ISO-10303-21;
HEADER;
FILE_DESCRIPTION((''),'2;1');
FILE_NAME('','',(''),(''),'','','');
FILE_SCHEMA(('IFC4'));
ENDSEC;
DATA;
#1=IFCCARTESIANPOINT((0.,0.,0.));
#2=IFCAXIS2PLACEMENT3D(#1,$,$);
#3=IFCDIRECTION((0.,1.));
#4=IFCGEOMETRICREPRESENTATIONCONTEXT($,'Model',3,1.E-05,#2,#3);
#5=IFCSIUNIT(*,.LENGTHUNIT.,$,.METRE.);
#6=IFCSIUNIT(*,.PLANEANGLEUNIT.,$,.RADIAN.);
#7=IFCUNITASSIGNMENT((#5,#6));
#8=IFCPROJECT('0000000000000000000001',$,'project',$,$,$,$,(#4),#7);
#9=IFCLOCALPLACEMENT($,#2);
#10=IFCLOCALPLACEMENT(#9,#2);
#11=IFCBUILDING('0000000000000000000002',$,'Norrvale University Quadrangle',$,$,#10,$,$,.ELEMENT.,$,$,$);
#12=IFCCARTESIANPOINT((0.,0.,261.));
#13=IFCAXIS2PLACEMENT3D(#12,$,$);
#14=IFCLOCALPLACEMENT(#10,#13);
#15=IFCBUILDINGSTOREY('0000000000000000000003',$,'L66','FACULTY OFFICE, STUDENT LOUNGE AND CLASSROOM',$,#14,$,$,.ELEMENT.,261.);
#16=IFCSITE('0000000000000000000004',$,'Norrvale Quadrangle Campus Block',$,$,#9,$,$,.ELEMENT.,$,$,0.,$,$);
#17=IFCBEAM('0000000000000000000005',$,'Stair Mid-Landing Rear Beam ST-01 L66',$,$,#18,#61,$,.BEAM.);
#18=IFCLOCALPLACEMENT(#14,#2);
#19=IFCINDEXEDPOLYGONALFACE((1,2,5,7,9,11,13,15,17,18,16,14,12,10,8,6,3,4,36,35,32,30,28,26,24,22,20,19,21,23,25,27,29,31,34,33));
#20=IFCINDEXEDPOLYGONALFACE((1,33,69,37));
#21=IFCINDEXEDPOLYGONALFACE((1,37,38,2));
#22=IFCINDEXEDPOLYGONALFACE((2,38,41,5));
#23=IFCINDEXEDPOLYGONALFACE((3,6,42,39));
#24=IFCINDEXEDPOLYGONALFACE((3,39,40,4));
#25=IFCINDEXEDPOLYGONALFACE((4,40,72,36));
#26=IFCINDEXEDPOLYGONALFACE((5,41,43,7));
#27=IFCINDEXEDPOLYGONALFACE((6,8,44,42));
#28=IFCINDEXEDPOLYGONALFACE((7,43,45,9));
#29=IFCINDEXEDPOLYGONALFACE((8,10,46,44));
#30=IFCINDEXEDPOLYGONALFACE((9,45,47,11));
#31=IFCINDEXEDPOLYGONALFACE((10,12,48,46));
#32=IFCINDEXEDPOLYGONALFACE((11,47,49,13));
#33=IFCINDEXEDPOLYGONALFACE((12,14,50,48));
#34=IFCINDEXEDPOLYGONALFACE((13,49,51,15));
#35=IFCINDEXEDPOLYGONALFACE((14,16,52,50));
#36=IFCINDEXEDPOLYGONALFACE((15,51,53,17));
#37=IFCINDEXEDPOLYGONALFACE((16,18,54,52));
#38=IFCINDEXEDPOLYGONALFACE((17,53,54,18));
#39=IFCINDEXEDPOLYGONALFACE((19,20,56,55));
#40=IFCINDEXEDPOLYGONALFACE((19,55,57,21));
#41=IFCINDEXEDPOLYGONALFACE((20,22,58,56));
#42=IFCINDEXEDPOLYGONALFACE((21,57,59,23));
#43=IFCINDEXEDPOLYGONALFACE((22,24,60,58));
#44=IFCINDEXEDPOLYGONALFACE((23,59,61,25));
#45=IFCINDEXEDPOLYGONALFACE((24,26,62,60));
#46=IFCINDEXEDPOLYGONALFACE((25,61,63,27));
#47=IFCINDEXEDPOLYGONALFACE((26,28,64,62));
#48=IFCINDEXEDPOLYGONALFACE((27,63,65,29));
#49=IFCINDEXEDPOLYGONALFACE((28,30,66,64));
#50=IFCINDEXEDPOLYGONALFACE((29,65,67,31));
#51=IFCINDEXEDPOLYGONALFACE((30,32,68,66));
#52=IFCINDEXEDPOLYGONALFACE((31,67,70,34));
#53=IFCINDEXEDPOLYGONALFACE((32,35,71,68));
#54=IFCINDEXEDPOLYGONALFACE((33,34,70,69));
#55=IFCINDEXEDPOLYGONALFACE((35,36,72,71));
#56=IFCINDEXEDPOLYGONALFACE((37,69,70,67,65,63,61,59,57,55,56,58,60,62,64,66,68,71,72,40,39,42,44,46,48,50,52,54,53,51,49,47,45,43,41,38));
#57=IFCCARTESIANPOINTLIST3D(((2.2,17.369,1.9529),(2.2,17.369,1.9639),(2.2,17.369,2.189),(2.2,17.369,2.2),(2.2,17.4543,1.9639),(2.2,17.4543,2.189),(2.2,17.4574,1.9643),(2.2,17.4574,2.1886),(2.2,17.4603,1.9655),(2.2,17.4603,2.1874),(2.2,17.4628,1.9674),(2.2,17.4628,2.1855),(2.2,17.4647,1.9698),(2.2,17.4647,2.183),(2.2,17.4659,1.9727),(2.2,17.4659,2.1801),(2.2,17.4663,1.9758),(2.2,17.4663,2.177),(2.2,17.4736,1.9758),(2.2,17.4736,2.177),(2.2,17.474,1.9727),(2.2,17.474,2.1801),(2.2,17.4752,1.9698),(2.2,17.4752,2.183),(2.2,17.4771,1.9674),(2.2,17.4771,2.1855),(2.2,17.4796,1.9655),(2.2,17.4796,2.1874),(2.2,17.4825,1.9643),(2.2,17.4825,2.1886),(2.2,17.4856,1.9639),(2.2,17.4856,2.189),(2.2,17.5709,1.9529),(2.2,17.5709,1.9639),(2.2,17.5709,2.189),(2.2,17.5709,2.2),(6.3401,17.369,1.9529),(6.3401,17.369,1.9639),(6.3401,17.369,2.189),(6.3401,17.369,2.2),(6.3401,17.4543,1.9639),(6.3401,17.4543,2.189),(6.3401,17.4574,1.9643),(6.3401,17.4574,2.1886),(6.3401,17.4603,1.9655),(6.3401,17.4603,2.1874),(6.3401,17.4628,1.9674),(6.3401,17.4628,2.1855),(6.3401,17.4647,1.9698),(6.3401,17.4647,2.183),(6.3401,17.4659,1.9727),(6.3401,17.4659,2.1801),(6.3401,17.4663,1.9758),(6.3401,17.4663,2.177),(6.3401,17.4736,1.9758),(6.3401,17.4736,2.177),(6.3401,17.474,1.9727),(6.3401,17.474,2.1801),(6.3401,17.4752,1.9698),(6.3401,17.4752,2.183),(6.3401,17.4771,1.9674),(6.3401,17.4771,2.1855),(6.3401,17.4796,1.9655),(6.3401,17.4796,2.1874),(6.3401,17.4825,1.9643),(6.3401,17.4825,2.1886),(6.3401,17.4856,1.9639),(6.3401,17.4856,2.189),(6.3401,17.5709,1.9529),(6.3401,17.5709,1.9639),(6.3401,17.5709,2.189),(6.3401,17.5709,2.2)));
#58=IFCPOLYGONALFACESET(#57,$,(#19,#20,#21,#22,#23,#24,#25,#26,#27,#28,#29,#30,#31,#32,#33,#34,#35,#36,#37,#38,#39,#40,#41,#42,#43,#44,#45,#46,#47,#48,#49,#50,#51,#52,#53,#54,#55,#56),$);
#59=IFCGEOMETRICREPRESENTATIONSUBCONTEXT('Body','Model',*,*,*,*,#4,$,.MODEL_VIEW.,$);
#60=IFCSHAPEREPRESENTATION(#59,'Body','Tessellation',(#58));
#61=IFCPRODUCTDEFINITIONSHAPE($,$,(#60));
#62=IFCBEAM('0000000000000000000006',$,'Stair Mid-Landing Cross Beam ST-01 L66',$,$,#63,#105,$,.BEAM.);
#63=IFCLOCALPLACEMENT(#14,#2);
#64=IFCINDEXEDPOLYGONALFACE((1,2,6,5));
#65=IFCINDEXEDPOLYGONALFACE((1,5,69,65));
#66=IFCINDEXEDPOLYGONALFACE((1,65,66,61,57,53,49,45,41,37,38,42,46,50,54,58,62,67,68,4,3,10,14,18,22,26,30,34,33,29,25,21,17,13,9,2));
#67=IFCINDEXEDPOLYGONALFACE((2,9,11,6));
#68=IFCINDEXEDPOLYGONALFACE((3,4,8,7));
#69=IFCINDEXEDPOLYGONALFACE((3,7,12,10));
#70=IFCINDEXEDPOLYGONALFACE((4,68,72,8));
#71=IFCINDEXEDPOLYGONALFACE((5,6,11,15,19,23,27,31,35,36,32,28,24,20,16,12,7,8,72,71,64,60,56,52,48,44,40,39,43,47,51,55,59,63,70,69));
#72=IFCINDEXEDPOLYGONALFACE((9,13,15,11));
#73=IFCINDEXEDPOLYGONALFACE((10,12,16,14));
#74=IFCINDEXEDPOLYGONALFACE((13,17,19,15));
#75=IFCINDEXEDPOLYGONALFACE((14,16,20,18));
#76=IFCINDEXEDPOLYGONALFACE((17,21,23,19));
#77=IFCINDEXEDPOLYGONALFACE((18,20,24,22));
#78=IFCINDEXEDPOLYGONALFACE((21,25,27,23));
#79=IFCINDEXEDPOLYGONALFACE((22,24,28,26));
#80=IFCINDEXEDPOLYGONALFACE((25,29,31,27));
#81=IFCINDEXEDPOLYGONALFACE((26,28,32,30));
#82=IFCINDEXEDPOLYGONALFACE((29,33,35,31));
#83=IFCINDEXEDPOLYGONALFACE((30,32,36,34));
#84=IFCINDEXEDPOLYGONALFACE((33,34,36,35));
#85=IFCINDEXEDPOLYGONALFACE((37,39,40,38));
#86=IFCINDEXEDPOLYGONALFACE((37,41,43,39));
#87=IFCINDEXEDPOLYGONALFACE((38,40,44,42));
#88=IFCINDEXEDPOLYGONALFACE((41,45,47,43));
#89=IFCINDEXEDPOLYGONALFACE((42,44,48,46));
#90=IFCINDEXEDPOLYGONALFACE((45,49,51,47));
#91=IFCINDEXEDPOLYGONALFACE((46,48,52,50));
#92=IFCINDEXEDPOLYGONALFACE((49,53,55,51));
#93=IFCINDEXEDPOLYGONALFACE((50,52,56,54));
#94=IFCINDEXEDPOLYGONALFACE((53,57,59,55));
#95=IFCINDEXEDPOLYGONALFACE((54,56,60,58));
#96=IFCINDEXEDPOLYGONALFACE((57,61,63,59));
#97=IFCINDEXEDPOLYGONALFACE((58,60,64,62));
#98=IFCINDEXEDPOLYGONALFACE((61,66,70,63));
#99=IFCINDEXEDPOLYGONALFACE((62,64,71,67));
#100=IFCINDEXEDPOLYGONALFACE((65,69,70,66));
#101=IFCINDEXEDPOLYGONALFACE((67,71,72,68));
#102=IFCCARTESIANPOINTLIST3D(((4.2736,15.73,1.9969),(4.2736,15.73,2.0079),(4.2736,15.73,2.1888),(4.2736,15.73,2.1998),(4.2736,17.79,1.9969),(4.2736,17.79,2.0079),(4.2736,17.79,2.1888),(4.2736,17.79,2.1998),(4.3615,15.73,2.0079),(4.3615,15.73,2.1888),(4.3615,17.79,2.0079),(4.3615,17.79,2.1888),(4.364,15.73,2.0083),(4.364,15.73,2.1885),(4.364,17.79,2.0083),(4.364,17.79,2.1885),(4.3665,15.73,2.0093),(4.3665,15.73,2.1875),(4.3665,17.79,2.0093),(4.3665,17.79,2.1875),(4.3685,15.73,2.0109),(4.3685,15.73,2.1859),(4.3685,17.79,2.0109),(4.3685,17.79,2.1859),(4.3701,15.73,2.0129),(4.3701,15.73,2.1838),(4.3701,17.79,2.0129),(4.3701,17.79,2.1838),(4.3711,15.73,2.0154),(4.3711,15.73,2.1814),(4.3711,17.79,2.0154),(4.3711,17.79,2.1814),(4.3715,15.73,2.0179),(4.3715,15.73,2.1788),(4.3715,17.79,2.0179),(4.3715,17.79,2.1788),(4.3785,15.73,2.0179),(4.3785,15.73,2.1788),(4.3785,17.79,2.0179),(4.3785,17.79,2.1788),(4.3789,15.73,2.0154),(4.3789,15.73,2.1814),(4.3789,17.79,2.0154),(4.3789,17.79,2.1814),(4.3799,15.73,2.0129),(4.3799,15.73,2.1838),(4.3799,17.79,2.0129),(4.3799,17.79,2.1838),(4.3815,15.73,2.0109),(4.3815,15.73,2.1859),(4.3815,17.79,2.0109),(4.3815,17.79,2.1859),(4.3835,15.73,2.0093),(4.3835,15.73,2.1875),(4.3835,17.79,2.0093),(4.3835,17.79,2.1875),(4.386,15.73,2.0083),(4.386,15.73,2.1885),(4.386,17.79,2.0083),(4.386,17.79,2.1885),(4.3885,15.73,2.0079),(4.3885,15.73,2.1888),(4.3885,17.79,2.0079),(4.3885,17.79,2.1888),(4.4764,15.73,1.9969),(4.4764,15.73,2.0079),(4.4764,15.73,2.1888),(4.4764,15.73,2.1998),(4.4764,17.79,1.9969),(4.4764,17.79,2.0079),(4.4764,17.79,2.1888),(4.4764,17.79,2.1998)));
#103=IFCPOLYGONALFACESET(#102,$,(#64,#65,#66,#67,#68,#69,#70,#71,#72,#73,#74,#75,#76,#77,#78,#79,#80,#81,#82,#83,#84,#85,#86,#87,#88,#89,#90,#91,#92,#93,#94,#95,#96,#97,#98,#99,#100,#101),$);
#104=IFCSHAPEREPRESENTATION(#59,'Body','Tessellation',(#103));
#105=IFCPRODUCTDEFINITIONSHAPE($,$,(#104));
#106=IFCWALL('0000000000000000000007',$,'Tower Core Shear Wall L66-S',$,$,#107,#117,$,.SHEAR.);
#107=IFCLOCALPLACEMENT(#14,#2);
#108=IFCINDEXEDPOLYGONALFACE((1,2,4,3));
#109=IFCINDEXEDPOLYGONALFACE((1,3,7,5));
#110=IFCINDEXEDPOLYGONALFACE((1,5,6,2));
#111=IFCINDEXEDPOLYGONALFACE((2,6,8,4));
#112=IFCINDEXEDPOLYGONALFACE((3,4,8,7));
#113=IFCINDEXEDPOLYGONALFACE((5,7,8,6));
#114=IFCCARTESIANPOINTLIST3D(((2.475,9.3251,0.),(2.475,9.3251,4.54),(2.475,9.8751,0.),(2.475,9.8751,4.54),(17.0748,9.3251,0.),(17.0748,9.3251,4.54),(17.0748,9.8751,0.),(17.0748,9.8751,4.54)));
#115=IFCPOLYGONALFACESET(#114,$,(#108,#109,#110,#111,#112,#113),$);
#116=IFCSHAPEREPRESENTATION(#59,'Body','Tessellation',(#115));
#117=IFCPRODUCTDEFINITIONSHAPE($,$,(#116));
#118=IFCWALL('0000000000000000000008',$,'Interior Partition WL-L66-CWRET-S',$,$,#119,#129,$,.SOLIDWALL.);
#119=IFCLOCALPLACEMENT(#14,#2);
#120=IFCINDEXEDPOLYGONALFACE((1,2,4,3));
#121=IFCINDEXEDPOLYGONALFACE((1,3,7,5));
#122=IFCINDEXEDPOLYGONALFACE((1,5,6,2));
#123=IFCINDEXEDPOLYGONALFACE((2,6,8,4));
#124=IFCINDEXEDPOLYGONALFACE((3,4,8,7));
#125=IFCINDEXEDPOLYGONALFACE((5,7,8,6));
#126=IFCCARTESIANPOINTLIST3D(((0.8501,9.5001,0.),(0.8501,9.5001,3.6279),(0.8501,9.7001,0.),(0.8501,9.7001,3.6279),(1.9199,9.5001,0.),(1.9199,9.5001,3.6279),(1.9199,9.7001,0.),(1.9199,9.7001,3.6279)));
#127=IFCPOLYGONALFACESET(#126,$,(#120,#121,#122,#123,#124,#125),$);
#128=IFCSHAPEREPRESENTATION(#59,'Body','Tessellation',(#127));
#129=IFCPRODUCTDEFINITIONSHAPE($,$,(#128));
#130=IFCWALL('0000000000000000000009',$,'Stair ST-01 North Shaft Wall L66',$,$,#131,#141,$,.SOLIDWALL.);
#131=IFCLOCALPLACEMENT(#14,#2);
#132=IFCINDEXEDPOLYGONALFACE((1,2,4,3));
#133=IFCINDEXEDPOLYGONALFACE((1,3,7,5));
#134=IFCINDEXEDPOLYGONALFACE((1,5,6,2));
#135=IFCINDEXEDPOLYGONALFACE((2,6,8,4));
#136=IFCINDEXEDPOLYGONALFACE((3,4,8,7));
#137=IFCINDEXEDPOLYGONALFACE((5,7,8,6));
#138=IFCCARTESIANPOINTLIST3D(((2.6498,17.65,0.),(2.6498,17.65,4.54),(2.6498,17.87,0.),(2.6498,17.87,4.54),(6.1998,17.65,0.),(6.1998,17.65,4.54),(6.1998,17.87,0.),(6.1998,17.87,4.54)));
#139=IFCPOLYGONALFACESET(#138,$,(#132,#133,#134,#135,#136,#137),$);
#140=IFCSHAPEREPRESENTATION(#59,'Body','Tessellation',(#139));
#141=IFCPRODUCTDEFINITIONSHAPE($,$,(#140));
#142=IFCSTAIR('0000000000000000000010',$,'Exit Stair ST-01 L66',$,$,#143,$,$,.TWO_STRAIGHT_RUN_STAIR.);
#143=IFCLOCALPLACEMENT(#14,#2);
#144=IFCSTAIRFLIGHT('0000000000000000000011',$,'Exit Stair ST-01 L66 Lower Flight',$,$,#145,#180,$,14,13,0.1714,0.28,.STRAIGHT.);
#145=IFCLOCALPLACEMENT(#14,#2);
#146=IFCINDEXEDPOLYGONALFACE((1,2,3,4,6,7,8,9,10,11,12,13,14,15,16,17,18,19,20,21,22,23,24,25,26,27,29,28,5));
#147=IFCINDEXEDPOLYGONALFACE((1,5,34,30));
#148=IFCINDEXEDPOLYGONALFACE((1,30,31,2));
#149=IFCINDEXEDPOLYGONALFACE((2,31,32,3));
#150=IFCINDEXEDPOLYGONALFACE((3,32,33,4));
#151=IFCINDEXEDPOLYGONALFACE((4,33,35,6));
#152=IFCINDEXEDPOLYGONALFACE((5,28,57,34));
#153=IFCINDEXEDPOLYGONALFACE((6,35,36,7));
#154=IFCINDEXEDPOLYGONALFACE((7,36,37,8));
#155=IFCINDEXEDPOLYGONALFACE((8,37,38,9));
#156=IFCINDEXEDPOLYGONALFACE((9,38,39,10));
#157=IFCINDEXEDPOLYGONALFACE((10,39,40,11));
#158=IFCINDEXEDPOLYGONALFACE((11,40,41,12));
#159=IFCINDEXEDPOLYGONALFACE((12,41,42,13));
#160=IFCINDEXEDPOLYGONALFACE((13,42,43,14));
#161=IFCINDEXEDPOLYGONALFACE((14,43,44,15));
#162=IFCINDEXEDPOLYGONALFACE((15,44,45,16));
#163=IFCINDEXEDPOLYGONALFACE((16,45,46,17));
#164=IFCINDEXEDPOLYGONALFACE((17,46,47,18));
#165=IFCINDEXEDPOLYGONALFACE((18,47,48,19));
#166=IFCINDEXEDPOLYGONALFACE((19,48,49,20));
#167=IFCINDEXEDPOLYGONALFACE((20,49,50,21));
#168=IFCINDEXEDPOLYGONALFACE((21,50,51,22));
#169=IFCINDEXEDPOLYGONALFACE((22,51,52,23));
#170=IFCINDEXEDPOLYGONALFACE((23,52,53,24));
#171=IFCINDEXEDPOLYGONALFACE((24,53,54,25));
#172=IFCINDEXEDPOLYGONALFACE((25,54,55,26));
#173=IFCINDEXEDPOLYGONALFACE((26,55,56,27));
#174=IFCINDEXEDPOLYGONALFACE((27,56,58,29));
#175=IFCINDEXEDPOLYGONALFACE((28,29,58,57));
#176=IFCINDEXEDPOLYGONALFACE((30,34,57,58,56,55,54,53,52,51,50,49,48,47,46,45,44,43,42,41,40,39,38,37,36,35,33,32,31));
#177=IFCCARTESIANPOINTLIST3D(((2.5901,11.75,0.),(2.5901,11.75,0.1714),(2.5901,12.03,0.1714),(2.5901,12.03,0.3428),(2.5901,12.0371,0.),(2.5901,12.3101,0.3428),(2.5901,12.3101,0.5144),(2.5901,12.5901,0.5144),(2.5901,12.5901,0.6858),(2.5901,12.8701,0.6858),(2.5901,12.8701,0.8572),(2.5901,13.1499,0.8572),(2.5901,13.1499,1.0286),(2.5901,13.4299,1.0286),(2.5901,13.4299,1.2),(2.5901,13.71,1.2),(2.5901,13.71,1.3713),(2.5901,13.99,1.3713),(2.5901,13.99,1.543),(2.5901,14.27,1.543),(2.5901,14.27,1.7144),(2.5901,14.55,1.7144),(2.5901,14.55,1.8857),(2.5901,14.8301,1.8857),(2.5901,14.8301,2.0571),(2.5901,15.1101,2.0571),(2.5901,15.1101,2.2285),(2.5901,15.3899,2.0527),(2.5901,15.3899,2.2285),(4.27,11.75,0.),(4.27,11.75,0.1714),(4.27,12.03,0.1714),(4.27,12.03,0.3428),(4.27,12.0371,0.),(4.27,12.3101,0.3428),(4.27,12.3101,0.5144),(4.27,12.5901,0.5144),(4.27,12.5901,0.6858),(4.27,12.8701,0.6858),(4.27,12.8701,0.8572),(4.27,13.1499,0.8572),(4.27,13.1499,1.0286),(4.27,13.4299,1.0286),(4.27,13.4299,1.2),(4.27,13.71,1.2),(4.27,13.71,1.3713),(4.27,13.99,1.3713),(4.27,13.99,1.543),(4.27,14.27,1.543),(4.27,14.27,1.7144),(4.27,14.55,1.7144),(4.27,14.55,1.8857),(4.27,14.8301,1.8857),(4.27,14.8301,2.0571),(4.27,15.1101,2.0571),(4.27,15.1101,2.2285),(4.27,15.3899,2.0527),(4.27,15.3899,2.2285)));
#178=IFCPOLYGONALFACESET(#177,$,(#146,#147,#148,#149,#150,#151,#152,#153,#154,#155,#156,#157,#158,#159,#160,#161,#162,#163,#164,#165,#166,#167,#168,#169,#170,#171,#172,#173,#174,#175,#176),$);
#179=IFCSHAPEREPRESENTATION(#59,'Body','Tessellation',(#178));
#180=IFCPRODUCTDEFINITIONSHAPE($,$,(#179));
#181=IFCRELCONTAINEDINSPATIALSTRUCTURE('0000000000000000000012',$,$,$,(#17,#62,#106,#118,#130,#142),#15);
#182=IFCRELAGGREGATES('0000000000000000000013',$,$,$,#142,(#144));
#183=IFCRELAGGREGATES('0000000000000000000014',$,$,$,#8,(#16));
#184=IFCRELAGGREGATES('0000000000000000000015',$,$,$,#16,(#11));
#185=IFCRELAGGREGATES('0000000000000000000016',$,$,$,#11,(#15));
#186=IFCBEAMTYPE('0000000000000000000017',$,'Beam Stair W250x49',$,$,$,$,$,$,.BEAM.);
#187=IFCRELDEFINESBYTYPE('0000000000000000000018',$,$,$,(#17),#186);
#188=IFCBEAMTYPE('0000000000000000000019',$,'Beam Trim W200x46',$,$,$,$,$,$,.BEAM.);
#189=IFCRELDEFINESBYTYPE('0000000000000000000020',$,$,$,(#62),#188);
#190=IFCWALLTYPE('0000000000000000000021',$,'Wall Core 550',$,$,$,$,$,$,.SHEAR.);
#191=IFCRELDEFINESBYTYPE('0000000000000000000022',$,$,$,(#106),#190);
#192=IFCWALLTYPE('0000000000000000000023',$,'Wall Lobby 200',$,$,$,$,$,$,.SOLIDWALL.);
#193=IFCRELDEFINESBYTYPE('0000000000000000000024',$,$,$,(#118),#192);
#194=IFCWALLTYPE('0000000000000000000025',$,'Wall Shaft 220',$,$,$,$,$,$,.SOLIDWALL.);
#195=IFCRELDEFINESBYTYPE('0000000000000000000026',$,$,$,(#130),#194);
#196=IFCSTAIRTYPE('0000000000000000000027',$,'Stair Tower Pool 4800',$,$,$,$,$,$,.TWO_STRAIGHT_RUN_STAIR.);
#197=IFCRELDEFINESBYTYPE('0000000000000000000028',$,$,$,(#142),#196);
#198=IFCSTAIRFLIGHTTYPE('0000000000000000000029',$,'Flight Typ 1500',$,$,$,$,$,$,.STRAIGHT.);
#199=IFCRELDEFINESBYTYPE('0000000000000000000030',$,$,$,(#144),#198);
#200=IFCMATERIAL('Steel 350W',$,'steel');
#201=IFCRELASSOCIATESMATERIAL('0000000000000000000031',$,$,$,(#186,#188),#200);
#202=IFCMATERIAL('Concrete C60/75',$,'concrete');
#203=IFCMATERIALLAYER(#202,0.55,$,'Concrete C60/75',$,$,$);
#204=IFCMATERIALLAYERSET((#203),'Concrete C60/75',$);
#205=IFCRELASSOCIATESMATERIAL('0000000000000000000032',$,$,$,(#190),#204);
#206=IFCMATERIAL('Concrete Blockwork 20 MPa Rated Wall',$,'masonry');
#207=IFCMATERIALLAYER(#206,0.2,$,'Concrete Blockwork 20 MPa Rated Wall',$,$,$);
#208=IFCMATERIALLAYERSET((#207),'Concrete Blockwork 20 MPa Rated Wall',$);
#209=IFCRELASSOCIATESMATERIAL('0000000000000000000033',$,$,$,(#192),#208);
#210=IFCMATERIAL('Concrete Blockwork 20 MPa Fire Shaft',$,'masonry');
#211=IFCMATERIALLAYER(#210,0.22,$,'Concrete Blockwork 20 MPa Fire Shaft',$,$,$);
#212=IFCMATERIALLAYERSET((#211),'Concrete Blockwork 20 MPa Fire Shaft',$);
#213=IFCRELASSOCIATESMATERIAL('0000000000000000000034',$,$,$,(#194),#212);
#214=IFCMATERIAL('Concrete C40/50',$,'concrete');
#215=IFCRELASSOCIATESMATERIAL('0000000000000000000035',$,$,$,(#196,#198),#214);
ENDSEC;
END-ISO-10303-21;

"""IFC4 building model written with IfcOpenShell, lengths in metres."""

from ifc_helpers import new_model, si_unit, direction, frame, frame_2d, origin, origin_2d, place, context, subcontext, project, spatial, polyline, rectangle, i_section, outline, extrude, material, layer, layer_set, material_profile, profile_set, type_object, element, aggregate, save


model = new_model("IFC4")

# Units and contexts
model_context = context("Model", 3, precision=1e-05, world=origin(), true_north=direction((0.0, 1.0)))
body_context = subcontext(model_context, "Body", "Model", "MODEL_VIEW")
ifc_project = project(units=[si_unit("LENGTHUNIT", "METRE"), si_unit("PLANEANGLEUNIT", "RADIAN")], contexts=[model_context])

# Site, building, storey
site_placement = place(None, origin())
site = spatial("IfcSite", under=ifc_project, at=site_placement, Name="Norrvale Quadrangle Campus Block", CompositionType="ELEMENT", RefElevation=0.0)
building_placement = place(site_placement, origin())
building = spatial("IfcBuilding", under=site, at=building_placement, Name="Norrvale University Quadrangle", CompositionType="ELEMENT")
storey_placement = place(building_placement, frame((0.0, 0.0, 261.0)))
storey = spatial("IfcBuildingStorey", under=building, at=storey_placement, Name="L66", Description="FACULTY OFFICE, STUDENT LOUNGE AND CLASSROOM", CompositionType="ELEMENT", Elevation=261.0)

# Shared definitions
ifc_material_1 = material(Name="Concrete C60/75", Category="concrete")

# Beams
ifc_material_2 = material(Name="Steel 350W", Category="steel")
ifc_material_profile_1 = material_profile(ifc_material_2, i_section(OverallWidth=0.2019, OverallDepth=0.2471, WebThickness=0.0073, FlangeThickness=0.011, FilletRadius=0.012, at=origin_2d()), Name="Steel 350W")
ifc_profile_set_1 = profile_set([ifc_material_profile_1], Name="Steel 350W")
beam_type_1 = type_object("IfcBeamType", Name="Beam Stair W250x49", PredefinedType="BEAM", material=ifc_profile_set_1)
for number, where, z_axis, x_axis, name in (
    (1, (2.2, 17.47, 2.0764), (1.0, 0.0, 0.0), (0.0, 1.0, 0.0), "Stair Mid-Landing Rear Beam ST-01 L66"),
):
    element("IfcBeam", number, at=place(storey_placement, frame(where, z_axis=z_axis, x_axis=x_axis)), inside=storey, type_object=beam_type_1, Name=name, PredefinedType="BEAM", context=body_context, shape_type="SweptSolid", body=[
        extrude(i_section(OverallWidth=0.2019, OverallDepth=0.2471, WebThickness=0.0073, FlangeThickness=0.011, FilletRadius=0.012, at=origin_2d()), origin(), (0.0, 0.0, 1.0), 4.1401),
    ])
ifc_material_profile_2 = material_profile(ifc_material_2, i_section(OverallWidth=0.2029, OverallDepth=0.2029, WebThickness=0.0071, FlangeThickness=0.011, FilletRadius=0.01, at=origin_2d()), Name="Steel 350W")
ifc_profile_set_2 = profile_set([ifc_material_profile_2], Name="Steel 350W")
beam_type_2 = type_object("IfcBeamType", Name="Beam Trim W200x46", PredefinedType="BEAM", material=ifc_profile_set_2)
beam_1_placement = place(storey_placement, frame((4.375, 15.73, 2.0984), z_axis=(0.0, 1.0, 0.0), x_axis=(-1.0, 0.0, 0.0)))
element("IfcBeam", 2, at=beam_1_placement, inside=storey, type_object=beam_type_2, Name="Stair Mid-Landing Cross Beam ST-01 L66", PredefinedType="BEAM", context=body_context, shape_type="SweptSolid", body=[
    extrude(i_section(OverallWidth=0.2029, OverallDepth=0.2029, WebThickness=0.0071, FlangeThickness=0.011, FilletRadius=0.01, at=origin_2d()), origin(), (0.0, 0.0, 1.0), 2.0601),
])

# Walls
ifc_layer_1 = layer(ifc_material_1, 0.55, Name="Concrete C60/75")
ifc_layer_set_1 = layer_set([ifc_layer_1], Name="Concrete C60/75")
wall_type_1 = type_object("IfcWallType", Name="Wall Core 550", PredefinedType="SHEAR", material=ifc_layer_set_1)
wall_1_placement = place(storey_placement, frame((2.4751, 9.6001, 0.0), z_axis=(0.0, 0.0, 1.0), x_axis=(1.0, 0.0, 0.0)))
element("IfcWall", 3, at=wall_1_placement, inside=storey, type_object=wall_type_1, Name="Tower Core Shear Wall L66-S", PredefinedType="SHEAR", context=body_context, shape_type="SweptSolid", body=[
    extrude(rectangle(XDim=14.5999, YDim=0.55, at=frame_2d((7.2998, 0.0))), origin(), (0.0, 0.0, 1.0), 4.54),
])
ifc_material_3 = material(Name="Concrete Blockwork 20 MPa Rated Wall", Category="masonry")
ifc_layer_2 = layer(ifc_material_3, 0.2, Name="Concrete Blockwork 20 MPa Rated Wall")
ifc_layer_set_2 = layer_set([ifc_layer_2], Name="Concrete Blockwork 20 MPa Rated Wall")
wall_type_2 = type_object("IfcWallType", Name="Wall Lobby 200", PredefinedType="SOLIDWALL", material=ifc_layer_set_2)
wall_2_placement = place(storey_placement, frame((0.8501, 9.6001, 0.0), z_axis=(0.0, 0.0, 1.0), x_axis=(1.0, 0.0, 0.0)))
element("IfcWall", 4, at=wall_2_placement, inside=storey, type_object=wall_type_2, Name="Interior Partition WL-L66-CWRET-S", PredefinedType="SOLIDWALL", context=body_context, shape_type="SweptSolid", body=[
    extrude(rectangle(XDim=1.0698, YDim=0.2, at=frame_2d((0.5349, 0.0))), origin(), (0.0, 0.0, 1.0), 3.6279),
])
ifc_material_4 = material(Name="Concrete Blockwork 20 MPa Fire Shaft", Category="masonry")
ifc_layer_3 = layer(ifc_material_4, 0.22, Name="Concrete Blockwork 20 MPa Fire Shaft")
ifc_layer_set_3 = layer_set([ifc_layer_3], Name="Concrete Blockwork 20 MPa Fire Shaft")
wall_type_3 = type_object("IfcWallType", Name="Wall Shaft 220", PredefinedType="SOLIDWALL", material=ifc_layer_set_3)
wall_3_placement = place(storey_placement, frame((2.6499, 17.76, 0.0), z_axis=(0.0, 0.0, 1.0), x_axis=(1.0, 0.0, 0.0)))
element("IfcWall", 5, at=wall_3_placement, inside=storey, type_object=wall_type_3, Name="Stair ST-01 North Shaft Wall L66", PredefinedType="SOLIDWALL", context=body_context, shape_type="SweptSolid", body=[
    extrude(rectangle(XDim=3.55, YDim=0.22, at=frame_2d((1.7749, 0.0))), origin(), (0.0, 0.0, 1.0), 4.54),
])

# Stair, stair flight
ifc_material_5 = material(Name="Concrete C40/50", Category="concrete")
stair_type = type_object("IfcStairType", Name="Stair Tower Pool 4800", PredefinedType="TWO_STRAIGHT_RUN_STAIR", material=ifc_material_5)
stair_placement = place(storey_placement, origin())
stair = element("IfcStair", 6, at=stair_placement, inside=storey, type_object=stair_type, Name="Exit Stair ST-01 L66", PredefinedType="TWO_STRAIGHT_RUN_STAIR")
stair_flight_type = type_object("IfcStairFlightType", Name="Flight Typ 1500", PredefinedType="STRAIGHT", material=ifc_material_5)
stair_flight_placement = place(storey_placement, frame((3.4299, 11.75, 0.0), z_axis=(0.0, 0.0, 1.0), x_axis=(0.0, 1.0, 0.0)))
stair_flight = element("IfcStairFlight", 7, at=stair_flight_placement, type_object=stair_flight_type, Name="Exit Stair ST-01 L66 Lower Flight", NumberOfRisers=14, NumberOfTreads=13, PredefinedType="STRAIGHT", RiserHeight=0.1714, TreadLength=0.28, context=body_context, shape_type="SweptSolid", body=[
    extrude(outline(polyline([(0.0, 0.0), (0.0, 0.1714), (0.28, 0.1714), (0.28, 0.3428), (0.5601, 0.3428), (0.5601, 0.5144), (0.8401, 0.5144), (0.8401, 0.6858), (1.1201, 0.6858), (1.1201, 0.8572), (1.3999, 0.8572), (1.3999, 1.0286), (1.6799, 1.0286), (1.6799, 1.2), (1.96, 1.2), (1.96, 1.3713), (2.24, 1.3713), (2.24, 1.543), (2.52, 1.543), (2.52, 1.7144), (2.8, 1.7144), (2.8, 1.8857), (3.0801, 1.8857), (3.0801, 2.0571), (3.3601, 2.0571), (3.3601, 2.2285), (3.6399, 2.2285), (3.6399, 2.3999), (3.6399, 2.0527), (0.2871, 0.0), (0.0, 0.0)])), frame((0.0, 0.8398, 0.0), z_axis=(0.0, -1.0, 0.0), x_axis=(1.0, 0.0, 0.0)), (0.0, 0.0, 1.0), 1.6799),
])
aggregate(stair, [stair_flight])

save(model, "model.ifc")
